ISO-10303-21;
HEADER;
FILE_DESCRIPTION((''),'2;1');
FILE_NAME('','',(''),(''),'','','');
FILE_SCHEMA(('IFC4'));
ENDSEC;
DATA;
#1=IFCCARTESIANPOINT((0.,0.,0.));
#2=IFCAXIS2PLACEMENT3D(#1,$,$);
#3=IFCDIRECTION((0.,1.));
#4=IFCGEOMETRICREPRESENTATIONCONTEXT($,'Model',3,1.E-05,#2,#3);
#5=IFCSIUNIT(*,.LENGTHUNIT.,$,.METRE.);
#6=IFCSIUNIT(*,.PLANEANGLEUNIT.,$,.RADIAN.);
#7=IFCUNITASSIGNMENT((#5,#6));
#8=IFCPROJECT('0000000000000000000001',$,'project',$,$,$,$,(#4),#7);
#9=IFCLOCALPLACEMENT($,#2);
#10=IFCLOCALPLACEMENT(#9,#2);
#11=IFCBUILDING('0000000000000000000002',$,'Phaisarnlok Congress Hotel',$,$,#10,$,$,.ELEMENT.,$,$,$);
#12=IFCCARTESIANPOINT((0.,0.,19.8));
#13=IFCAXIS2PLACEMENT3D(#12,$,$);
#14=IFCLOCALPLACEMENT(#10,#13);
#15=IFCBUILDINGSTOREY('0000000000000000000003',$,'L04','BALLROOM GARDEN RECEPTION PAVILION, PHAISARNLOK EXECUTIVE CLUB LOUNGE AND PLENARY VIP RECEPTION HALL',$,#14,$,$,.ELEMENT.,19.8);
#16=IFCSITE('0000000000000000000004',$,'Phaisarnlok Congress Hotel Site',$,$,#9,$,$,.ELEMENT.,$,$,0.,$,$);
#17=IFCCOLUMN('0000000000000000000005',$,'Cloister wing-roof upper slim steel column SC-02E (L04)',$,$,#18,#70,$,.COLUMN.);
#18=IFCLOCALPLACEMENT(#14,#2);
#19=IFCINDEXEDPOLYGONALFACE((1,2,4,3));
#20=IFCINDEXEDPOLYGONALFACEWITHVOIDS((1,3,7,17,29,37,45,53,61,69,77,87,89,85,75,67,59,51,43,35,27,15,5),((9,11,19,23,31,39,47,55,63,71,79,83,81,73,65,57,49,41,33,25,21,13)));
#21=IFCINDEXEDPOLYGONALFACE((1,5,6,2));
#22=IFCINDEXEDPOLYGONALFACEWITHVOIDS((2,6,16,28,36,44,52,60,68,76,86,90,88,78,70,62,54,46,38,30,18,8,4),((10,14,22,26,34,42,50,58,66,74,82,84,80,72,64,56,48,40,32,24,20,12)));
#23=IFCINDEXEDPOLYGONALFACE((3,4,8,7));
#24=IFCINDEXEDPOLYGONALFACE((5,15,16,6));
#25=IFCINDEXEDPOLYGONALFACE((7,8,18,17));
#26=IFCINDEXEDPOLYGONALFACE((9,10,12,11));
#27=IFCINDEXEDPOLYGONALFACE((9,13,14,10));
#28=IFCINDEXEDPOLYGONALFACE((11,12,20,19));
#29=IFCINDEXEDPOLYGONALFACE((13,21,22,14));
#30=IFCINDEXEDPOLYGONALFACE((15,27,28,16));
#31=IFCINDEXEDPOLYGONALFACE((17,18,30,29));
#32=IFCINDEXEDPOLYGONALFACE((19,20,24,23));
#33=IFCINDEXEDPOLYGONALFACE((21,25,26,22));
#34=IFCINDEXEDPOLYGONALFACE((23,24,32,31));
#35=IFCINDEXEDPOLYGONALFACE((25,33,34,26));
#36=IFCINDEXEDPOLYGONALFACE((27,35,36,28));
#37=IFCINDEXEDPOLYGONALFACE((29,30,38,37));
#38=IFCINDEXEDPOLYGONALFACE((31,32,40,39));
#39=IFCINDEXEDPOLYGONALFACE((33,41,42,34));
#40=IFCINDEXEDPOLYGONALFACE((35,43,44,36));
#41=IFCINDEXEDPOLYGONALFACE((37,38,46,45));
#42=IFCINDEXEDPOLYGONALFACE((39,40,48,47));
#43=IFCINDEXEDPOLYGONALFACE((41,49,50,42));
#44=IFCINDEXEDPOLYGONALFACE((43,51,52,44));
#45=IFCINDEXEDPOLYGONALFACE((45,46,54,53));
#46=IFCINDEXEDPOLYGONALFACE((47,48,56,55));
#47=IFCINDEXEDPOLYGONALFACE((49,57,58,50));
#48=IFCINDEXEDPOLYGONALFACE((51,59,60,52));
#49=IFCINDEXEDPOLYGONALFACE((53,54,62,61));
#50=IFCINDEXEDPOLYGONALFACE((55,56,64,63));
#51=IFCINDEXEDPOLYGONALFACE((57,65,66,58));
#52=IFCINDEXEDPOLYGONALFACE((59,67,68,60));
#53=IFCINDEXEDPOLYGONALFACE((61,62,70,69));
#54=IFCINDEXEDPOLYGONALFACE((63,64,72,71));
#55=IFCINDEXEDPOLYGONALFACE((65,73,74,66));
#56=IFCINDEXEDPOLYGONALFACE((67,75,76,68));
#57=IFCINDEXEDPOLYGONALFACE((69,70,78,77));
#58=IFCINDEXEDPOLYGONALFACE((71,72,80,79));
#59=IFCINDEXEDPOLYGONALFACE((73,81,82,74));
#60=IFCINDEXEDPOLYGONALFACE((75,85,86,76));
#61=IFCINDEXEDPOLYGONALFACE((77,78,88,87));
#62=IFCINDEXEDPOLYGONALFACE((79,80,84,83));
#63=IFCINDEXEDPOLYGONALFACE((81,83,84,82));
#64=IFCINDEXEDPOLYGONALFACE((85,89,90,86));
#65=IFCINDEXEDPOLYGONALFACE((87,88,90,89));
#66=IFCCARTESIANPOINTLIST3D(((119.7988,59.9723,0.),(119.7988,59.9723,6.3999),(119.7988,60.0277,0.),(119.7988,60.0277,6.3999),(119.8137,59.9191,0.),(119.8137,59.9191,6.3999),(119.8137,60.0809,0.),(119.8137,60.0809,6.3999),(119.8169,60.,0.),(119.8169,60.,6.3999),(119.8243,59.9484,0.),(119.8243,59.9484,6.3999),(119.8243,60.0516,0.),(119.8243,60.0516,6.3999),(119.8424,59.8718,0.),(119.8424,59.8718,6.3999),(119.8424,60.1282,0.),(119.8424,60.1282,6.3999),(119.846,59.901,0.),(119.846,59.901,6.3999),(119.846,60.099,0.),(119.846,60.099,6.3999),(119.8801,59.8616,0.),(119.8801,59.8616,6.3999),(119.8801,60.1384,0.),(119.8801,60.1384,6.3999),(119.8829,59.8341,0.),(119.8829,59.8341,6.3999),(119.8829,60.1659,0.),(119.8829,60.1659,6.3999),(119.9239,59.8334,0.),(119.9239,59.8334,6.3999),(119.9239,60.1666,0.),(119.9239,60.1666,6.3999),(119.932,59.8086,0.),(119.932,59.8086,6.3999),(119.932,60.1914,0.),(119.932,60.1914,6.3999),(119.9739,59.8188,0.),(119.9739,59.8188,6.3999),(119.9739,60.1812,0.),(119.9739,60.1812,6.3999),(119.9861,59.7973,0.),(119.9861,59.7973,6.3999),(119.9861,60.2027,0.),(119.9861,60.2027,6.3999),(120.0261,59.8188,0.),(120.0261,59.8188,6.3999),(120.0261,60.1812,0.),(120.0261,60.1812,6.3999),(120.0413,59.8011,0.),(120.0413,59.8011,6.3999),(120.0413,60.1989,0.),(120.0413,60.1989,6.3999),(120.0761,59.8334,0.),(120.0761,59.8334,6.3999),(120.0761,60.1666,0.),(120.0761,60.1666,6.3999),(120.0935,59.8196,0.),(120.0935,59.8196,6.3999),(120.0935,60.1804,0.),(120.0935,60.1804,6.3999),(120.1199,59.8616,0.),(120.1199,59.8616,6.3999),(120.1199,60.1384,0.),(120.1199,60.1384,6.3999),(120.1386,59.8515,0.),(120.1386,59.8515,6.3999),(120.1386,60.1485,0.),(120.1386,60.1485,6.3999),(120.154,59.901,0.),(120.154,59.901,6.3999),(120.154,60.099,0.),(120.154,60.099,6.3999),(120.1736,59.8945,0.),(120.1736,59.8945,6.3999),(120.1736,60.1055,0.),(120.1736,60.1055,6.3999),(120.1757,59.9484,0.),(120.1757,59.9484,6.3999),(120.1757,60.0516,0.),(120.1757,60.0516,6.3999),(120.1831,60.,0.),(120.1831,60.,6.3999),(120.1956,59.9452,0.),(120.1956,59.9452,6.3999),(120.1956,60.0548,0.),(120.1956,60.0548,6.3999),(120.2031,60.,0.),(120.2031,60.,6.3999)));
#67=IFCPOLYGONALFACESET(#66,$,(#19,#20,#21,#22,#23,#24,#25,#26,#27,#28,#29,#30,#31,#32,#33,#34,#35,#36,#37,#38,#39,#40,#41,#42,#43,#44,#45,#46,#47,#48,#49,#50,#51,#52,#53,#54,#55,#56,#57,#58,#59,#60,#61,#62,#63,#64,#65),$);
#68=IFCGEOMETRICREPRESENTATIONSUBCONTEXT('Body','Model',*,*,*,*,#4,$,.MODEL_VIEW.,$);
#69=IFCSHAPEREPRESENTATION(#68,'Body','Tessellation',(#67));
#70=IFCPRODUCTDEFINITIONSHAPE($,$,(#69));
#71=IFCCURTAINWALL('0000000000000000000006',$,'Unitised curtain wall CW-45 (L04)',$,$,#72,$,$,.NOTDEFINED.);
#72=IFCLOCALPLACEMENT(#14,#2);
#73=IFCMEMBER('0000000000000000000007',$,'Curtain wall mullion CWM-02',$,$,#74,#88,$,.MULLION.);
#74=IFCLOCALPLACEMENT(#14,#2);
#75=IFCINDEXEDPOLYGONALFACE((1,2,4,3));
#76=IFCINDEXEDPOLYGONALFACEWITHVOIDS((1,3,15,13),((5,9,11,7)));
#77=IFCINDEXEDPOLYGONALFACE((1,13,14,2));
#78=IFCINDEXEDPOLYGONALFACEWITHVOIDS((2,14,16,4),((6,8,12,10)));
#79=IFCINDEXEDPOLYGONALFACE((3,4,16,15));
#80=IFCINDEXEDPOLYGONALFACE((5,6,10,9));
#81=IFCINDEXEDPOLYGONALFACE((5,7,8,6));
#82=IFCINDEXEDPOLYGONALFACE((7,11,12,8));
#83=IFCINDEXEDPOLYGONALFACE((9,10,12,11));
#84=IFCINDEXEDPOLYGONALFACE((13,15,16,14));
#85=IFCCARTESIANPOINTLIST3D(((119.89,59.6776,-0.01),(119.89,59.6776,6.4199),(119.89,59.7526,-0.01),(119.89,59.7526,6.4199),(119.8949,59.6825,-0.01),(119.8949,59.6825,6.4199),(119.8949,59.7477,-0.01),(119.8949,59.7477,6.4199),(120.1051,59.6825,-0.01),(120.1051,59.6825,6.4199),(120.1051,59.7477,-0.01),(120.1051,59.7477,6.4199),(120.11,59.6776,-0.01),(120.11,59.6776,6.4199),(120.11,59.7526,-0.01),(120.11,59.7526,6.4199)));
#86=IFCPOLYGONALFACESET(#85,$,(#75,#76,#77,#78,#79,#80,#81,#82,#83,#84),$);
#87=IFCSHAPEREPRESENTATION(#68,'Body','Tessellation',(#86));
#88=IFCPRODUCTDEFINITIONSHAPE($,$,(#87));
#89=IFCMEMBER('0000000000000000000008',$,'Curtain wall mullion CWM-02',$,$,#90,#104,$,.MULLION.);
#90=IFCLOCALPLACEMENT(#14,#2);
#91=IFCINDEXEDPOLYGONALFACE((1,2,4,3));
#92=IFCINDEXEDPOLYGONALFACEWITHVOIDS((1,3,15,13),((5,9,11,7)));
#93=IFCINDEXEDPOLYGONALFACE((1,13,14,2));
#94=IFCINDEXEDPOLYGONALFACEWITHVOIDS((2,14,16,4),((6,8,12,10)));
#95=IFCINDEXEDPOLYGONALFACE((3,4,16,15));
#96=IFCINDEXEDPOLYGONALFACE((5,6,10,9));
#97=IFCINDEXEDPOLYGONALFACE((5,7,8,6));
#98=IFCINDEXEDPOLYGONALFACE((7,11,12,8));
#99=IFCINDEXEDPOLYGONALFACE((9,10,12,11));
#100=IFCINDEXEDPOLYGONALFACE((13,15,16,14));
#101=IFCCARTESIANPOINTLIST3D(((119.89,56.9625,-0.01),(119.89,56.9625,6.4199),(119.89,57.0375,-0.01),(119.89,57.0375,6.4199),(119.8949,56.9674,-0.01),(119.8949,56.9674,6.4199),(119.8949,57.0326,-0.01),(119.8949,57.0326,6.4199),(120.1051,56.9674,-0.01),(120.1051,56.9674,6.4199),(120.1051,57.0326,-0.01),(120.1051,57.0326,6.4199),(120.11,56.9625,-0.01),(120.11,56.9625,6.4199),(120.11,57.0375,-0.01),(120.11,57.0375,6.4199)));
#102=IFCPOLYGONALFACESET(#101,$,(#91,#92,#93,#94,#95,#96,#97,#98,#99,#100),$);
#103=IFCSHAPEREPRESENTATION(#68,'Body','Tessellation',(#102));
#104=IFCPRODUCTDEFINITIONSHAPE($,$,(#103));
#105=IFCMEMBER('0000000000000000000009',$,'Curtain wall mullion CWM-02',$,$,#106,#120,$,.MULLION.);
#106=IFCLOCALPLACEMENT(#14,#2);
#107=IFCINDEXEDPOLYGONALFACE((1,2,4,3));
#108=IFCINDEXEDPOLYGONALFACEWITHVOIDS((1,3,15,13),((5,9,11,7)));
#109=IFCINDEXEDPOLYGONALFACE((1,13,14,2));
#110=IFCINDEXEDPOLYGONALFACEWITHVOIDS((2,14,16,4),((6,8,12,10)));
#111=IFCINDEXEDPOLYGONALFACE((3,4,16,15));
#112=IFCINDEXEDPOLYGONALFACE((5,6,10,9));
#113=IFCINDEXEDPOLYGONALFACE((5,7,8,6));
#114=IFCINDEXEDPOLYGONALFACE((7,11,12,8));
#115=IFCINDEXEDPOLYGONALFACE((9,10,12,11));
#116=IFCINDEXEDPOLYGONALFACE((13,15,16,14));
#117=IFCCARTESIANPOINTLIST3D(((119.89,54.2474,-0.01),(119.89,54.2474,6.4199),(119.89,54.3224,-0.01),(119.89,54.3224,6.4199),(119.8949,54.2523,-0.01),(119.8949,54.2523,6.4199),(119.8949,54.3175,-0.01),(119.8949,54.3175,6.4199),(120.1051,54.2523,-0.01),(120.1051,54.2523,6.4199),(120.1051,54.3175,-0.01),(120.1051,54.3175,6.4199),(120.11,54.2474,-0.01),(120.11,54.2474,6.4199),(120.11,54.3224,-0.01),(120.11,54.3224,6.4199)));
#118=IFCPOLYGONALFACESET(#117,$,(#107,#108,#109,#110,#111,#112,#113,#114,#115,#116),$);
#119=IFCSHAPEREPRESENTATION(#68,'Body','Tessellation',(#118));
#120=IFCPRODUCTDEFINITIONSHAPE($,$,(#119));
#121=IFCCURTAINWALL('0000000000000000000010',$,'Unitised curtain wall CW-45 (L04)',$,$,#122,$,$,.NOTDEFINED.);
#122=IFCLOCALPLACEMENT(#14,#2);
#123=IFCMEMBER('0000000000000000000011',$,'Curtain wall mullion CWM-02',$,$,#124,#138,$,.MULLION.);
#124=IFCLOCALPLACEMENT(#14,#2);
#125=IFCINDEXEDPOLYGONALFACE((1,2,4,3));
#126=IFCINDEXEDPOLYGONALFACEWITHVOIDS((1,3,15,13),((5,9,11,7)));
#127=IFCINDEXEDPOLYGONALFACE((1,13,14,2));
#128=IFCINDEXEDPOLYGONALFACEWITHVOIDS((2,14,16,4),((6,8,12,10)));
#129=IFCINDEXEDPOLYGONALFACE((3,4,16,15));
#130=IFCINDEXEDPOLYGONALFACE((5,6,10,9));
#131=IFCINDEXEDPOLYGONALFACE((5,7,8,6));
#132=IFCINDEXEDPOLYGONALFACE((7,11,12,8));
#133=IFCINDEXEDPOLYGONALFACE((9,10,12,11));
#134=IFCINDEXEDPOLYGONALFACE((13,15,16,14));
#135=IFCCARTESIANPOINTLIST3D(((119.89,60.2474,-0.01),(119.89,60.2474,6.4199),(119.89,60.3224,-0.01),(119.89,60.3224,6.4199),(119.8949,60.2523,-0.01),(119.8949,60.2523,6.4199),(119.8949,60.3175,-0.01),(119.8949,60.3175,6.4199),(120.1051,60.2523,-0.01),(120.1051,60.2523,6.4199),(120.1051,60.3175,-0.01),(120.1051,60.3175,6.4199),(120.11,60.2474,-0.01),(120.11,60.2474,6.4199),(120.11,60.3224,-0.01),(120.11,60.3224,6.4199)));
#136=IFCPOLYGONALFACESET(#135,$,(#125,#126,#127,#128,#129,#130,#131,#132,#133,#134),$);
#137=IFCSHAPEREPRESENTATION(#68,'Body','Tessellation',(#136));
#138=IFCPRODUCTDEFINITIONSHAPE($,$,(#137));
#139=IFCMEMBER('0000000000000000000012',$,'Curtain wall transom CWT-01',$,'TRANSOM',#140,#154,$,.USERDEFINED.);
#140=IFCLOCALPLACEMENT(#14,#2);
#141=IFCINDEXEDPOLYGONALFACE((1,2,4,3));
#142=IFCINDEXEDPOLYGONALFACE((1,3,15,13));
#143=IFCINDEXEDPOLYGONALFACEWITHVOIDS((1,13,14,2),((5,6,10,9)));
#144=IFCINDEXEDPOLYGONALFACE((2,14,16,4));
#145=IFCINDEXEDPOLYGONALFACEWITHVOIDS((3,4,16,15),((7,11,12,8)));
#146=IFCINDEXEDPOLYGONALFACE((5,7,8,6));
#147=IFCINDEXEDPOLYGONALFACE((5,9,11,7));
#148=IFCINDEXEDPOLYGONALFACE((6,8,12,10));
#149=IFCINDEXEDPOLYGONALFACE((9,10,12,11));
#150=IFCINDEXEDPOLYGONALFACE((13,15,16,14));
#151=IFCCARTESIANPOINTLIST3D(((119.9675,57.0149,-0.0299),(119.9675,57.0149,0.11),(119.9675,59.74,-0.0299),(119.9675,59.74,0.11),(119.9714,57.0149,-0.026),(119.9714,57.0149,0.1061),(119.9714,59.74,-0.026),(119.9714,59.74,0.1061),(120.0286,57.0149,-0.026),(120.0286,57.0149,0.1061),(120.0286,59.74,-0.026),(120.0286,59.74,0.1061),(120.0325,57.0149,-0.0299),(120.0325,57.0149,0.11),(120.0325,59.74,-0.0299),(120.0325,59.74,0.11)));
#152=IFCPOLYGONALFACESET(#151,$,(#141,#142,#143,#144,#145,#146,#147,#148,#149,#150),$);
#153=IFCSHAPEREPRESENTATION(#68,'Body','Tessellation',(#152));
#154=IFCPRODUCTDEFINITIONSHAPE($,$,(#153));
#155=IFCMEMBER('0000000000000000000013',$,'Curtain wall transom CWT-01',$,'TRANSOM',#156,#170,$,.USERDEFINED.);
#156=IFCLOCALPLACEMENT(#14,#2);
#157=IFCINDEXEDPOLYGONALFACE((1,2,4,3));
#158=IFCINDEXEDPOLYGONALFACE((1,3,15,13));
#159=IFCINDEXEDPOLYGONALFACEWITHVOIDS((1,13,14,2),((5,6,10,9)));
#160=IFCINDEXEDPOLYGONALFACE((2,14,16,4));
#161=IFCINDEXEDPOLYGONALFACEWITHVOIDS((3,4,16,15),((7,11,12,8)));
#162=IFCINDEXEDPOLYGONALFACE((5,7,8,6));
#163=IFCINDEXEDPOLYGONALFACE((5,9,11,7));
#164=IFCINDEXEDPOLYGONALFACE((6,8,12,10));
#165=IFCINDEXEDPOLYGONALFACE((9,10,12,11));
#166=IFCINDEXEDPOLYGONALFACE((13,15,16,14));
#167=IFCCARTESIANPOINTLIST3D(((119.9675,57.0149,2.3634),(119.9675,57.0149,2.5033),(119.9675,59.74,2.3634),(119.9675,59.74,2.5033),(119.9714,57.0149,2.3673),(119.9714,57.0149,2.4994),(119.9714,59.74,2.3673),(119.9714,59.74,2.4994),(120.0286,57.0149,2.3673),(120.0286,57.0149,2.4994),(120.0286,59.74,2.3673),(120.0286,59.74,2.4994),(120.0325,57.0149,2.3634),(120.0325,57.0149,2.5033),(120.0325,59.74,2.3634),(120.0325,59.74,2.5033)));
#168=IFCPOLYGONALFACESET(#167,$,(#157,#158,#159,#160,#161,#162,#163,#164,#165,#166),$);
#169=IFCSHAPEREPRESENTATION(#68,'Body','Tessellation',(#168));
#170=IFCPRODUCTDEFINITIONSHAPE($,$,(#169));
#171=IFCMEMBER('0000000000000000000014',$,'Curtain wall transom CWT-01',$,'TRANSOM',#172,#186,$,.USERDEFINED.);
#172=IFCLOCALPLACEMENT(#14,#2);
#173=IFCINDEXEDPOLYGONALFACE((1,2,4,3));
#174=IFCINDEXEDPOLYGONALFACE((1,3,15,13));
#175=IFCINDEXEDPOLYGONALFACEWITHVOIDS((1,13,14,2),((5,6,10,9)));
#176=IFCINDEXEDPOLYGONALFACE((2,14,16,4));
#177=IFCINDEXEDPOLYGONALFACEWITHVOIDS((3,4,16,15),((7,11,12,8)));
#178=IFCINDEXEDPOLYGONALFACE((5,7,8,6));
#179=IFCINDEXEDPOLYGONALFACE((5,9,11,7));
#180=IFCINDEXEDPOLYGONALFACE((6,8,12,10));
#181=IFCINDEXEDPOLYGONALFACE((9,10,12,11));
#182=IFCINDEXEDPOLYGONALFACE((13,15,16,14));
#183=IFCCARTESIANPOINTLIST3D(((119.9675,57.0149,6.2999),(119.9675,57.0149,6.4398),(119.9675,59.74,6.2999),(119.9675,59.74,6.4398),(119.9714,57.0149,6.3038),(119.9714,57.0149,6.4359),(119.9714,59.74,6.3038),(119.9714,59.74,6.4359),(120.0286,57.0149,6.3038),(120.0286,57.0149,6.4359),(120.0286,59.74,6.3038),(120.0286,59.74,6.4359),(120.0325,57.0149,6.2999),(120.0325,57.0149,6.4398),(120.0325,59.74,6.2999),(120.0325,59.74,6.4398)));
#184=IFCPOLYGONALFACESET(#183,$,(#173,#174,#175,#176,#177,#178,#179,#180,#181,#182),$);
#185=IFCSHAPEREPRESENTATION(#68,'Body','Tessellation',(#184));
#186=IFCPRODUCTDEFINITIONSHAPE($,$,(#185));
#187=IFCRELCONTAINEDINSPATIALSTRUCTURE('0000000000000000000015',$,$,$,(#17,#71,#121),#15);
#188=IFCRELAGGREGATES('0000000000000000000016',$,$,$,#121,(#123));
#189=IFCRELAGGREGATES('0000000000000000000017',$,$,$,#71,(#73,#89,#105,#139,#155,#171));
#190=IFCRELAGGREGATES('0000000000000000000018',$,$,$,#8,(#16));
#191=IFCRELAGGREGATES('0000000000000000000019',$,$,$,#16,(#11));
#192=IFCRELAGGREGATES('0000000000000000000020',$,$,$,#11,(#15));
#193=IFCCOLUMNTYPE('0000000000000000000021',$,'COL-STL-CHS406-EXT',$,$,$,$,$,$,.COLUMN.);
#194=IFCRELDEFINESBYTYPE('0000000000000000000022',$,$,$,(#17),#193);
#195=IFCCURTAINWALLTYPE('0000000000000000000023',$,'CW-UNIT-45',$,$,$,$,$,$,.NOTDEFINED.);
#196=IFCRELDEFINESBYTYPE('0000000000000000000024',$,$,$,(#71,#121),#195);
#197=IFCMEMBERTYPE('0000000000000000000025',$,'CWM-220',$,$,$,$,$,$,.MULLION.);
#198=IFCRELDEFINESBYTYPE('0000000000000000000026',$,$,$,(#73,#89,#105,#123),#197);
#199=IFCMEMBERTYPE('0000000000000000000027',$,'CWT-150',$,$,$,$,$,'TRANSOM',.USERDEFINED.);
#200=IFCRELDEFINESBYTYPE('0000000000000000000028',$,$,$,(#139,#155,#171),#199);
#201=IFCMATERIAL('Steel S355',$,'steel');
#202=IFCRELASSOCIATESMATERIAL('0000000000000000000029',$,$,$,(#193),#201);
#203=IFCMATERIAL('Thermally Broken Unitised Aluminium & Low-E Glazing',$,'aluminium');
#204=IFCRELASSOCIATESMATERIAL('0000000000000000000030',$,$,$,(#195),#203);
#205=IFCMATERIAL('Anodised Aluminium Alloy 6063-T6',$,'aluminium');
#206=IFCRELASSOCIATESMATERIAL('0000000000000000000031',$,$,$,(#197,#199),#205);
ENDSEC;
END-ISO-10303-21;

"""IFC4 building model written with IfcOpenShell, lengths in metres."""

from ifc_helpers import new_model, si_unit, direction, frame, origin, origin_2d, place, context, subcontext, project, spatial, hollow_rectangle, hollow_circle, extrude, material, material_profile, profile_set, type_object, element, aggregate, save


model = new_model("IFC4")

# Units and contexts
model_context = context("Model", 3, precision=1e-05, world=origin(), true_north=direction((0.0, 1.0)))
body_context = subcontext(model_context, "Body", "Model", "MODEL_VIEW")
ifc_project = project(units=[si_unit("LENGTHUNIT", "METRE"), si_unit("PLANEANGLEUNIT", "RADIAN")], contexts=[model_context])

# Site, building, storey
site_placement = place(None, origin())
site = spatial("IfcSite", under=ifc_project, at=site_placement, Name="Phaisarnlok Congress Hotel Site", CompositionType="ELEMENT", RefElevation=0.0)
building_placement = place(site_placement, origin())
building = spatial("IfcBuilding", under=site, at=building_placement, Name="Phaisarnlok Congress Hotel", CompositionType="ELEMENT")
storey_placement = place(building_placement, frame((0.0, 0.0, 19.8)))
storey = spatial("IfcBuildingStorey", under=building, at=storey_placement, Name="L04", Description="BALLROOM GARDEN RECEPTION PAVILION, PHAISARNLOK EXECUTIVE CLUB LOUNGE AND PLENARY VIP RECEPTION HALL", CompositionType="ELEMENT", Elevation=19.8)

# Column
ifc_material_1 = material(Name="Steel S355", Category="steel")
ifc_material_profile_1 = material_profile(ifc_material_1, hollow_circle(Radius=0.2031, WallThickness=0.02, at=origin_2d()), Name="CHS 406.4x20")
ifc_profile_set_1 = profile_set([ifc_material_profile_1], Name="Steel S355")
column_type = type_object("IfcColumnType", Name="COL-STL-CHS406-EXT", PredefinedType="COLUMN", material=ifc_profile_set_1)
column_placement = place(storey_placement, frame((120.0, 60.0, 0.0), z_axis=(0.0, 0.0, 1.0), x_axis=(1.0, 0.0, 0.0)))
element("IfcColumn", 1, at=column_placement, inside=storey, type_object=column_type, Name="Cloister wing-roof upper slim steel column SC-02E (L04)", PredefinedType="COLUMN", context=body_context, shape_type="SweptSolid", body=[
    extrude(hollow_circle(Radius=0.2031, WallThickness=0.02, at=origin_2d()), origin(), (0.0, 0.0, 1.0), 6.3999),
])

# Curtain wall, members
ifc_material_2 = material(Name="Thermally Broken Unitised Aluminium & Low-E Glazing", Category="aluminium")
curtain_wall_type = type_object("IfcCurtainWallType", Name="CW-UNIT-45", PredefinedType="NOTDEFINED", material=ifc_material_2)
curtain_wall_1_placement = place(storey_placement, origin())
curtain_wall_1 = element("IfcCurtainWall", 2, at=curtain_wall_1_placement, inside=storey, type_object=curtain_wall_type, Name="Unitised curtain wall CW-45 (L04)", PredefinedType="NOTDEFINED")
ifc_material_3 = material(Name="Anodised Aluminium Alloy 6063-T6", Category="aluminium")
ifc_material_profile_2 = material_profile(ifc_material_3, hollow_rectangle(XDim=0.075, YDim=0.22, WallThickness=0.0049, at=origin_2d()), Name="ALU-M 75x220x5")
ifc_profile_set_2 = profile_set([ifc_material_profile_2], Name="Anodised Aluminium Alloy 6063-T6")
member_type_1 = type_object("IfcMemberType", Name="CWM-220", PredefinedType="MULLION", material=ifc_profile_set_2)
member_1_placement = place(storey_placement, frame((120.0, 59.7151, -0.01), z_axis=(0.0, 0.0, 1.0), x_axis=(0.0, -1.0, 0.0)))
member_1 = element("IfcMember", 3, at=member_1_placement, type_object=member_type_1, Name="Curtain wall mullion CWM-02", PredefinedType="MULLION", context=body_context, shape_type="SweptSolid", body=[
    extrude(hollow_rectangle(XDim=0.075, YDim=0.22, WallThickness=0.0049, at=origin_2d()), origin(), (0.0, 0.0, 1.0), 6.4299),
])
member_2_placement = place(storey_placement, frame((120.0, 57.0, -0.01), z_axis=(0.0, 0.0, 1.0), x_axis=(0.0, -1.0, 0.0)))
member_2 = element("IfcMember", 4, at=member_2_placement, type_object=member_type_1, Name="Curtain wall mullion CWM-02", PredefinedType="MULLION", context=body_context, shape_type="SweptSolid", body=[
    extrude(hollow_rectangle(XDim=0.075, YDim=0.22, WallThickness=0.0049, at=origin_2d()), origin(), (0.0, 0.0, 1.0), 6.4299),
])
member_3_placement = place(storey_placement, frame((120.0, 54.2849, -0.01), z_axis=(0.0, 0.0, 1.0), x_axis=(0.0, -1.0, 0.0)))
member_3 = element("IfcMember", 5, at=member_3_placement, type_object=member_type_1, Name="Curtain wall mullion CWM-02", PredefinedType="MULLION", context=body_context, shape_type="SweptSolid", body=[
    extrude(hollow_rectangle(XDim=0.075, YDim=0.22, WallThickness=0.0049, at=origin_2d()), origin(), (0.0, 0.0, 1.0), 6.4299),
])

# Curtain wall, member
curtain_wall_2_placement = place(storey_placement, origin())
curtain_wall_2 = element("IfcCurtainWall", 6, at=curtain_wall_2_placement, inside=storey, type_object=curtain_wall_type, Name="Unitised curtain wall CW-45 (L04)", PredefinedType="NOTDEFINED")
member_4_placement = place(storey_placement, frame((120.0, 60.2849, -0.01), z_axis=(0.0, 0.0, 1.0), x_axis=(0.0, -1.0, 0.0)))
member_4 = element("IfcMember", 7, at=member_4_placement, type_object=member_type_1, Name="Curtain wall mullion CWM-02", PredefinedType="MULLION", context=body_context, shape_type="SweptSolid", body=[
    extrude(hollow_rectangle(XDim=0.075, YDim=0.22, WallThickness=0.0049, at=origin_2d()), origin(), (0.0, 0.0, 1.0), 6.4299),
])

# Members
ifc_material_profile_3 = material_profile(ifc_material_3, hollow_rectangle(XDim=0.0649, YDim=0.1399, WallThickness=0.0039, at=origin_2d()), Name="ALU-T 65x140x4")
ifc_profile_set_3 = profile_set([ifc_material_profile_3], Name="Anodised Aluminium Alloy 6063-T6")
member_type_2 = type_object("IfcMemberType", Name="CWT-150", ElementType="TRANSOM", PredefinedType="USERDEFINED", material=ifc_profile_set_3)
member_5_placement = place(storey_placement, frame((120.0, 59.74, 0.04), z_axis=(0.0, -1.0, 0.0), x_axis=(1.0, 0.0, 0.0)))
member_5 = element("IfcMember", 8, at=member_5_placement, type_object=member_type_2, Name="Curtain wall transom CWT-01", ObjectType="TRANSOM", PredefinedType="USERDEFINED", context=body_context, shape_type="SweptSolid", body=[
    extrude(hollow_rectangle(XDim=0.0649, YDim=0.1399, WallThickness=0.0039, at=origin_2d()), origin(), (0.0, 0.0, 1.0), 2.7251),
])
member_6_placement = place(storey_placement, frame((120.0, 59.74, 2.4333), z_axis=(0.0, -1.0, 0.0), x_axis=(1.0, 0.0, 0.0)))
member_6 = element("IfcMember", 9, at=member_6_placement, type_object=member_type_2, Name="Curtain wall transom CWT-01", ObjectType="TRANSOM", PredefinedType="USERDEFINED", context=body_context, shape_type="SweptSolid", body=[
    extrude(hollow_rectangle(XDim=0.0649, YDim=0.1399, WallThickness=0.0039, at=origin_2d()), origin(), (0.0, 0.0, 1.0), 2.7251),
])
member_7_placement = place(storey_placement, frame((120.0, 59.74, 6.3699), z_axis=(0.0, -1.0, 0.0), x_axis=(1.0, 0.0, 0.0)))
member_7 = element("IfcMember", 10, at=member_7_placement, type_object=member_type_2, Name="Curtain wall transom CWT-01", ObjectType="TRANSOM", PredefinedType="USERDEFINED", context=body_context, shape_type="SweptSolid", body=[
    extrude(hollow_rectangle(XDim=0.0649, YDim=0.1399, WallThickness=0.0039, at=origin_2d()), origin(), (0.0, 0.0, 1.0), 2.7251),
])
aggregate(curtain_wall_2, [member_4])

aggregate(curtain_wall_1, [member_1, member_2, member_3, member_5, member_6, member_7])

save(model, "model.ifc")
